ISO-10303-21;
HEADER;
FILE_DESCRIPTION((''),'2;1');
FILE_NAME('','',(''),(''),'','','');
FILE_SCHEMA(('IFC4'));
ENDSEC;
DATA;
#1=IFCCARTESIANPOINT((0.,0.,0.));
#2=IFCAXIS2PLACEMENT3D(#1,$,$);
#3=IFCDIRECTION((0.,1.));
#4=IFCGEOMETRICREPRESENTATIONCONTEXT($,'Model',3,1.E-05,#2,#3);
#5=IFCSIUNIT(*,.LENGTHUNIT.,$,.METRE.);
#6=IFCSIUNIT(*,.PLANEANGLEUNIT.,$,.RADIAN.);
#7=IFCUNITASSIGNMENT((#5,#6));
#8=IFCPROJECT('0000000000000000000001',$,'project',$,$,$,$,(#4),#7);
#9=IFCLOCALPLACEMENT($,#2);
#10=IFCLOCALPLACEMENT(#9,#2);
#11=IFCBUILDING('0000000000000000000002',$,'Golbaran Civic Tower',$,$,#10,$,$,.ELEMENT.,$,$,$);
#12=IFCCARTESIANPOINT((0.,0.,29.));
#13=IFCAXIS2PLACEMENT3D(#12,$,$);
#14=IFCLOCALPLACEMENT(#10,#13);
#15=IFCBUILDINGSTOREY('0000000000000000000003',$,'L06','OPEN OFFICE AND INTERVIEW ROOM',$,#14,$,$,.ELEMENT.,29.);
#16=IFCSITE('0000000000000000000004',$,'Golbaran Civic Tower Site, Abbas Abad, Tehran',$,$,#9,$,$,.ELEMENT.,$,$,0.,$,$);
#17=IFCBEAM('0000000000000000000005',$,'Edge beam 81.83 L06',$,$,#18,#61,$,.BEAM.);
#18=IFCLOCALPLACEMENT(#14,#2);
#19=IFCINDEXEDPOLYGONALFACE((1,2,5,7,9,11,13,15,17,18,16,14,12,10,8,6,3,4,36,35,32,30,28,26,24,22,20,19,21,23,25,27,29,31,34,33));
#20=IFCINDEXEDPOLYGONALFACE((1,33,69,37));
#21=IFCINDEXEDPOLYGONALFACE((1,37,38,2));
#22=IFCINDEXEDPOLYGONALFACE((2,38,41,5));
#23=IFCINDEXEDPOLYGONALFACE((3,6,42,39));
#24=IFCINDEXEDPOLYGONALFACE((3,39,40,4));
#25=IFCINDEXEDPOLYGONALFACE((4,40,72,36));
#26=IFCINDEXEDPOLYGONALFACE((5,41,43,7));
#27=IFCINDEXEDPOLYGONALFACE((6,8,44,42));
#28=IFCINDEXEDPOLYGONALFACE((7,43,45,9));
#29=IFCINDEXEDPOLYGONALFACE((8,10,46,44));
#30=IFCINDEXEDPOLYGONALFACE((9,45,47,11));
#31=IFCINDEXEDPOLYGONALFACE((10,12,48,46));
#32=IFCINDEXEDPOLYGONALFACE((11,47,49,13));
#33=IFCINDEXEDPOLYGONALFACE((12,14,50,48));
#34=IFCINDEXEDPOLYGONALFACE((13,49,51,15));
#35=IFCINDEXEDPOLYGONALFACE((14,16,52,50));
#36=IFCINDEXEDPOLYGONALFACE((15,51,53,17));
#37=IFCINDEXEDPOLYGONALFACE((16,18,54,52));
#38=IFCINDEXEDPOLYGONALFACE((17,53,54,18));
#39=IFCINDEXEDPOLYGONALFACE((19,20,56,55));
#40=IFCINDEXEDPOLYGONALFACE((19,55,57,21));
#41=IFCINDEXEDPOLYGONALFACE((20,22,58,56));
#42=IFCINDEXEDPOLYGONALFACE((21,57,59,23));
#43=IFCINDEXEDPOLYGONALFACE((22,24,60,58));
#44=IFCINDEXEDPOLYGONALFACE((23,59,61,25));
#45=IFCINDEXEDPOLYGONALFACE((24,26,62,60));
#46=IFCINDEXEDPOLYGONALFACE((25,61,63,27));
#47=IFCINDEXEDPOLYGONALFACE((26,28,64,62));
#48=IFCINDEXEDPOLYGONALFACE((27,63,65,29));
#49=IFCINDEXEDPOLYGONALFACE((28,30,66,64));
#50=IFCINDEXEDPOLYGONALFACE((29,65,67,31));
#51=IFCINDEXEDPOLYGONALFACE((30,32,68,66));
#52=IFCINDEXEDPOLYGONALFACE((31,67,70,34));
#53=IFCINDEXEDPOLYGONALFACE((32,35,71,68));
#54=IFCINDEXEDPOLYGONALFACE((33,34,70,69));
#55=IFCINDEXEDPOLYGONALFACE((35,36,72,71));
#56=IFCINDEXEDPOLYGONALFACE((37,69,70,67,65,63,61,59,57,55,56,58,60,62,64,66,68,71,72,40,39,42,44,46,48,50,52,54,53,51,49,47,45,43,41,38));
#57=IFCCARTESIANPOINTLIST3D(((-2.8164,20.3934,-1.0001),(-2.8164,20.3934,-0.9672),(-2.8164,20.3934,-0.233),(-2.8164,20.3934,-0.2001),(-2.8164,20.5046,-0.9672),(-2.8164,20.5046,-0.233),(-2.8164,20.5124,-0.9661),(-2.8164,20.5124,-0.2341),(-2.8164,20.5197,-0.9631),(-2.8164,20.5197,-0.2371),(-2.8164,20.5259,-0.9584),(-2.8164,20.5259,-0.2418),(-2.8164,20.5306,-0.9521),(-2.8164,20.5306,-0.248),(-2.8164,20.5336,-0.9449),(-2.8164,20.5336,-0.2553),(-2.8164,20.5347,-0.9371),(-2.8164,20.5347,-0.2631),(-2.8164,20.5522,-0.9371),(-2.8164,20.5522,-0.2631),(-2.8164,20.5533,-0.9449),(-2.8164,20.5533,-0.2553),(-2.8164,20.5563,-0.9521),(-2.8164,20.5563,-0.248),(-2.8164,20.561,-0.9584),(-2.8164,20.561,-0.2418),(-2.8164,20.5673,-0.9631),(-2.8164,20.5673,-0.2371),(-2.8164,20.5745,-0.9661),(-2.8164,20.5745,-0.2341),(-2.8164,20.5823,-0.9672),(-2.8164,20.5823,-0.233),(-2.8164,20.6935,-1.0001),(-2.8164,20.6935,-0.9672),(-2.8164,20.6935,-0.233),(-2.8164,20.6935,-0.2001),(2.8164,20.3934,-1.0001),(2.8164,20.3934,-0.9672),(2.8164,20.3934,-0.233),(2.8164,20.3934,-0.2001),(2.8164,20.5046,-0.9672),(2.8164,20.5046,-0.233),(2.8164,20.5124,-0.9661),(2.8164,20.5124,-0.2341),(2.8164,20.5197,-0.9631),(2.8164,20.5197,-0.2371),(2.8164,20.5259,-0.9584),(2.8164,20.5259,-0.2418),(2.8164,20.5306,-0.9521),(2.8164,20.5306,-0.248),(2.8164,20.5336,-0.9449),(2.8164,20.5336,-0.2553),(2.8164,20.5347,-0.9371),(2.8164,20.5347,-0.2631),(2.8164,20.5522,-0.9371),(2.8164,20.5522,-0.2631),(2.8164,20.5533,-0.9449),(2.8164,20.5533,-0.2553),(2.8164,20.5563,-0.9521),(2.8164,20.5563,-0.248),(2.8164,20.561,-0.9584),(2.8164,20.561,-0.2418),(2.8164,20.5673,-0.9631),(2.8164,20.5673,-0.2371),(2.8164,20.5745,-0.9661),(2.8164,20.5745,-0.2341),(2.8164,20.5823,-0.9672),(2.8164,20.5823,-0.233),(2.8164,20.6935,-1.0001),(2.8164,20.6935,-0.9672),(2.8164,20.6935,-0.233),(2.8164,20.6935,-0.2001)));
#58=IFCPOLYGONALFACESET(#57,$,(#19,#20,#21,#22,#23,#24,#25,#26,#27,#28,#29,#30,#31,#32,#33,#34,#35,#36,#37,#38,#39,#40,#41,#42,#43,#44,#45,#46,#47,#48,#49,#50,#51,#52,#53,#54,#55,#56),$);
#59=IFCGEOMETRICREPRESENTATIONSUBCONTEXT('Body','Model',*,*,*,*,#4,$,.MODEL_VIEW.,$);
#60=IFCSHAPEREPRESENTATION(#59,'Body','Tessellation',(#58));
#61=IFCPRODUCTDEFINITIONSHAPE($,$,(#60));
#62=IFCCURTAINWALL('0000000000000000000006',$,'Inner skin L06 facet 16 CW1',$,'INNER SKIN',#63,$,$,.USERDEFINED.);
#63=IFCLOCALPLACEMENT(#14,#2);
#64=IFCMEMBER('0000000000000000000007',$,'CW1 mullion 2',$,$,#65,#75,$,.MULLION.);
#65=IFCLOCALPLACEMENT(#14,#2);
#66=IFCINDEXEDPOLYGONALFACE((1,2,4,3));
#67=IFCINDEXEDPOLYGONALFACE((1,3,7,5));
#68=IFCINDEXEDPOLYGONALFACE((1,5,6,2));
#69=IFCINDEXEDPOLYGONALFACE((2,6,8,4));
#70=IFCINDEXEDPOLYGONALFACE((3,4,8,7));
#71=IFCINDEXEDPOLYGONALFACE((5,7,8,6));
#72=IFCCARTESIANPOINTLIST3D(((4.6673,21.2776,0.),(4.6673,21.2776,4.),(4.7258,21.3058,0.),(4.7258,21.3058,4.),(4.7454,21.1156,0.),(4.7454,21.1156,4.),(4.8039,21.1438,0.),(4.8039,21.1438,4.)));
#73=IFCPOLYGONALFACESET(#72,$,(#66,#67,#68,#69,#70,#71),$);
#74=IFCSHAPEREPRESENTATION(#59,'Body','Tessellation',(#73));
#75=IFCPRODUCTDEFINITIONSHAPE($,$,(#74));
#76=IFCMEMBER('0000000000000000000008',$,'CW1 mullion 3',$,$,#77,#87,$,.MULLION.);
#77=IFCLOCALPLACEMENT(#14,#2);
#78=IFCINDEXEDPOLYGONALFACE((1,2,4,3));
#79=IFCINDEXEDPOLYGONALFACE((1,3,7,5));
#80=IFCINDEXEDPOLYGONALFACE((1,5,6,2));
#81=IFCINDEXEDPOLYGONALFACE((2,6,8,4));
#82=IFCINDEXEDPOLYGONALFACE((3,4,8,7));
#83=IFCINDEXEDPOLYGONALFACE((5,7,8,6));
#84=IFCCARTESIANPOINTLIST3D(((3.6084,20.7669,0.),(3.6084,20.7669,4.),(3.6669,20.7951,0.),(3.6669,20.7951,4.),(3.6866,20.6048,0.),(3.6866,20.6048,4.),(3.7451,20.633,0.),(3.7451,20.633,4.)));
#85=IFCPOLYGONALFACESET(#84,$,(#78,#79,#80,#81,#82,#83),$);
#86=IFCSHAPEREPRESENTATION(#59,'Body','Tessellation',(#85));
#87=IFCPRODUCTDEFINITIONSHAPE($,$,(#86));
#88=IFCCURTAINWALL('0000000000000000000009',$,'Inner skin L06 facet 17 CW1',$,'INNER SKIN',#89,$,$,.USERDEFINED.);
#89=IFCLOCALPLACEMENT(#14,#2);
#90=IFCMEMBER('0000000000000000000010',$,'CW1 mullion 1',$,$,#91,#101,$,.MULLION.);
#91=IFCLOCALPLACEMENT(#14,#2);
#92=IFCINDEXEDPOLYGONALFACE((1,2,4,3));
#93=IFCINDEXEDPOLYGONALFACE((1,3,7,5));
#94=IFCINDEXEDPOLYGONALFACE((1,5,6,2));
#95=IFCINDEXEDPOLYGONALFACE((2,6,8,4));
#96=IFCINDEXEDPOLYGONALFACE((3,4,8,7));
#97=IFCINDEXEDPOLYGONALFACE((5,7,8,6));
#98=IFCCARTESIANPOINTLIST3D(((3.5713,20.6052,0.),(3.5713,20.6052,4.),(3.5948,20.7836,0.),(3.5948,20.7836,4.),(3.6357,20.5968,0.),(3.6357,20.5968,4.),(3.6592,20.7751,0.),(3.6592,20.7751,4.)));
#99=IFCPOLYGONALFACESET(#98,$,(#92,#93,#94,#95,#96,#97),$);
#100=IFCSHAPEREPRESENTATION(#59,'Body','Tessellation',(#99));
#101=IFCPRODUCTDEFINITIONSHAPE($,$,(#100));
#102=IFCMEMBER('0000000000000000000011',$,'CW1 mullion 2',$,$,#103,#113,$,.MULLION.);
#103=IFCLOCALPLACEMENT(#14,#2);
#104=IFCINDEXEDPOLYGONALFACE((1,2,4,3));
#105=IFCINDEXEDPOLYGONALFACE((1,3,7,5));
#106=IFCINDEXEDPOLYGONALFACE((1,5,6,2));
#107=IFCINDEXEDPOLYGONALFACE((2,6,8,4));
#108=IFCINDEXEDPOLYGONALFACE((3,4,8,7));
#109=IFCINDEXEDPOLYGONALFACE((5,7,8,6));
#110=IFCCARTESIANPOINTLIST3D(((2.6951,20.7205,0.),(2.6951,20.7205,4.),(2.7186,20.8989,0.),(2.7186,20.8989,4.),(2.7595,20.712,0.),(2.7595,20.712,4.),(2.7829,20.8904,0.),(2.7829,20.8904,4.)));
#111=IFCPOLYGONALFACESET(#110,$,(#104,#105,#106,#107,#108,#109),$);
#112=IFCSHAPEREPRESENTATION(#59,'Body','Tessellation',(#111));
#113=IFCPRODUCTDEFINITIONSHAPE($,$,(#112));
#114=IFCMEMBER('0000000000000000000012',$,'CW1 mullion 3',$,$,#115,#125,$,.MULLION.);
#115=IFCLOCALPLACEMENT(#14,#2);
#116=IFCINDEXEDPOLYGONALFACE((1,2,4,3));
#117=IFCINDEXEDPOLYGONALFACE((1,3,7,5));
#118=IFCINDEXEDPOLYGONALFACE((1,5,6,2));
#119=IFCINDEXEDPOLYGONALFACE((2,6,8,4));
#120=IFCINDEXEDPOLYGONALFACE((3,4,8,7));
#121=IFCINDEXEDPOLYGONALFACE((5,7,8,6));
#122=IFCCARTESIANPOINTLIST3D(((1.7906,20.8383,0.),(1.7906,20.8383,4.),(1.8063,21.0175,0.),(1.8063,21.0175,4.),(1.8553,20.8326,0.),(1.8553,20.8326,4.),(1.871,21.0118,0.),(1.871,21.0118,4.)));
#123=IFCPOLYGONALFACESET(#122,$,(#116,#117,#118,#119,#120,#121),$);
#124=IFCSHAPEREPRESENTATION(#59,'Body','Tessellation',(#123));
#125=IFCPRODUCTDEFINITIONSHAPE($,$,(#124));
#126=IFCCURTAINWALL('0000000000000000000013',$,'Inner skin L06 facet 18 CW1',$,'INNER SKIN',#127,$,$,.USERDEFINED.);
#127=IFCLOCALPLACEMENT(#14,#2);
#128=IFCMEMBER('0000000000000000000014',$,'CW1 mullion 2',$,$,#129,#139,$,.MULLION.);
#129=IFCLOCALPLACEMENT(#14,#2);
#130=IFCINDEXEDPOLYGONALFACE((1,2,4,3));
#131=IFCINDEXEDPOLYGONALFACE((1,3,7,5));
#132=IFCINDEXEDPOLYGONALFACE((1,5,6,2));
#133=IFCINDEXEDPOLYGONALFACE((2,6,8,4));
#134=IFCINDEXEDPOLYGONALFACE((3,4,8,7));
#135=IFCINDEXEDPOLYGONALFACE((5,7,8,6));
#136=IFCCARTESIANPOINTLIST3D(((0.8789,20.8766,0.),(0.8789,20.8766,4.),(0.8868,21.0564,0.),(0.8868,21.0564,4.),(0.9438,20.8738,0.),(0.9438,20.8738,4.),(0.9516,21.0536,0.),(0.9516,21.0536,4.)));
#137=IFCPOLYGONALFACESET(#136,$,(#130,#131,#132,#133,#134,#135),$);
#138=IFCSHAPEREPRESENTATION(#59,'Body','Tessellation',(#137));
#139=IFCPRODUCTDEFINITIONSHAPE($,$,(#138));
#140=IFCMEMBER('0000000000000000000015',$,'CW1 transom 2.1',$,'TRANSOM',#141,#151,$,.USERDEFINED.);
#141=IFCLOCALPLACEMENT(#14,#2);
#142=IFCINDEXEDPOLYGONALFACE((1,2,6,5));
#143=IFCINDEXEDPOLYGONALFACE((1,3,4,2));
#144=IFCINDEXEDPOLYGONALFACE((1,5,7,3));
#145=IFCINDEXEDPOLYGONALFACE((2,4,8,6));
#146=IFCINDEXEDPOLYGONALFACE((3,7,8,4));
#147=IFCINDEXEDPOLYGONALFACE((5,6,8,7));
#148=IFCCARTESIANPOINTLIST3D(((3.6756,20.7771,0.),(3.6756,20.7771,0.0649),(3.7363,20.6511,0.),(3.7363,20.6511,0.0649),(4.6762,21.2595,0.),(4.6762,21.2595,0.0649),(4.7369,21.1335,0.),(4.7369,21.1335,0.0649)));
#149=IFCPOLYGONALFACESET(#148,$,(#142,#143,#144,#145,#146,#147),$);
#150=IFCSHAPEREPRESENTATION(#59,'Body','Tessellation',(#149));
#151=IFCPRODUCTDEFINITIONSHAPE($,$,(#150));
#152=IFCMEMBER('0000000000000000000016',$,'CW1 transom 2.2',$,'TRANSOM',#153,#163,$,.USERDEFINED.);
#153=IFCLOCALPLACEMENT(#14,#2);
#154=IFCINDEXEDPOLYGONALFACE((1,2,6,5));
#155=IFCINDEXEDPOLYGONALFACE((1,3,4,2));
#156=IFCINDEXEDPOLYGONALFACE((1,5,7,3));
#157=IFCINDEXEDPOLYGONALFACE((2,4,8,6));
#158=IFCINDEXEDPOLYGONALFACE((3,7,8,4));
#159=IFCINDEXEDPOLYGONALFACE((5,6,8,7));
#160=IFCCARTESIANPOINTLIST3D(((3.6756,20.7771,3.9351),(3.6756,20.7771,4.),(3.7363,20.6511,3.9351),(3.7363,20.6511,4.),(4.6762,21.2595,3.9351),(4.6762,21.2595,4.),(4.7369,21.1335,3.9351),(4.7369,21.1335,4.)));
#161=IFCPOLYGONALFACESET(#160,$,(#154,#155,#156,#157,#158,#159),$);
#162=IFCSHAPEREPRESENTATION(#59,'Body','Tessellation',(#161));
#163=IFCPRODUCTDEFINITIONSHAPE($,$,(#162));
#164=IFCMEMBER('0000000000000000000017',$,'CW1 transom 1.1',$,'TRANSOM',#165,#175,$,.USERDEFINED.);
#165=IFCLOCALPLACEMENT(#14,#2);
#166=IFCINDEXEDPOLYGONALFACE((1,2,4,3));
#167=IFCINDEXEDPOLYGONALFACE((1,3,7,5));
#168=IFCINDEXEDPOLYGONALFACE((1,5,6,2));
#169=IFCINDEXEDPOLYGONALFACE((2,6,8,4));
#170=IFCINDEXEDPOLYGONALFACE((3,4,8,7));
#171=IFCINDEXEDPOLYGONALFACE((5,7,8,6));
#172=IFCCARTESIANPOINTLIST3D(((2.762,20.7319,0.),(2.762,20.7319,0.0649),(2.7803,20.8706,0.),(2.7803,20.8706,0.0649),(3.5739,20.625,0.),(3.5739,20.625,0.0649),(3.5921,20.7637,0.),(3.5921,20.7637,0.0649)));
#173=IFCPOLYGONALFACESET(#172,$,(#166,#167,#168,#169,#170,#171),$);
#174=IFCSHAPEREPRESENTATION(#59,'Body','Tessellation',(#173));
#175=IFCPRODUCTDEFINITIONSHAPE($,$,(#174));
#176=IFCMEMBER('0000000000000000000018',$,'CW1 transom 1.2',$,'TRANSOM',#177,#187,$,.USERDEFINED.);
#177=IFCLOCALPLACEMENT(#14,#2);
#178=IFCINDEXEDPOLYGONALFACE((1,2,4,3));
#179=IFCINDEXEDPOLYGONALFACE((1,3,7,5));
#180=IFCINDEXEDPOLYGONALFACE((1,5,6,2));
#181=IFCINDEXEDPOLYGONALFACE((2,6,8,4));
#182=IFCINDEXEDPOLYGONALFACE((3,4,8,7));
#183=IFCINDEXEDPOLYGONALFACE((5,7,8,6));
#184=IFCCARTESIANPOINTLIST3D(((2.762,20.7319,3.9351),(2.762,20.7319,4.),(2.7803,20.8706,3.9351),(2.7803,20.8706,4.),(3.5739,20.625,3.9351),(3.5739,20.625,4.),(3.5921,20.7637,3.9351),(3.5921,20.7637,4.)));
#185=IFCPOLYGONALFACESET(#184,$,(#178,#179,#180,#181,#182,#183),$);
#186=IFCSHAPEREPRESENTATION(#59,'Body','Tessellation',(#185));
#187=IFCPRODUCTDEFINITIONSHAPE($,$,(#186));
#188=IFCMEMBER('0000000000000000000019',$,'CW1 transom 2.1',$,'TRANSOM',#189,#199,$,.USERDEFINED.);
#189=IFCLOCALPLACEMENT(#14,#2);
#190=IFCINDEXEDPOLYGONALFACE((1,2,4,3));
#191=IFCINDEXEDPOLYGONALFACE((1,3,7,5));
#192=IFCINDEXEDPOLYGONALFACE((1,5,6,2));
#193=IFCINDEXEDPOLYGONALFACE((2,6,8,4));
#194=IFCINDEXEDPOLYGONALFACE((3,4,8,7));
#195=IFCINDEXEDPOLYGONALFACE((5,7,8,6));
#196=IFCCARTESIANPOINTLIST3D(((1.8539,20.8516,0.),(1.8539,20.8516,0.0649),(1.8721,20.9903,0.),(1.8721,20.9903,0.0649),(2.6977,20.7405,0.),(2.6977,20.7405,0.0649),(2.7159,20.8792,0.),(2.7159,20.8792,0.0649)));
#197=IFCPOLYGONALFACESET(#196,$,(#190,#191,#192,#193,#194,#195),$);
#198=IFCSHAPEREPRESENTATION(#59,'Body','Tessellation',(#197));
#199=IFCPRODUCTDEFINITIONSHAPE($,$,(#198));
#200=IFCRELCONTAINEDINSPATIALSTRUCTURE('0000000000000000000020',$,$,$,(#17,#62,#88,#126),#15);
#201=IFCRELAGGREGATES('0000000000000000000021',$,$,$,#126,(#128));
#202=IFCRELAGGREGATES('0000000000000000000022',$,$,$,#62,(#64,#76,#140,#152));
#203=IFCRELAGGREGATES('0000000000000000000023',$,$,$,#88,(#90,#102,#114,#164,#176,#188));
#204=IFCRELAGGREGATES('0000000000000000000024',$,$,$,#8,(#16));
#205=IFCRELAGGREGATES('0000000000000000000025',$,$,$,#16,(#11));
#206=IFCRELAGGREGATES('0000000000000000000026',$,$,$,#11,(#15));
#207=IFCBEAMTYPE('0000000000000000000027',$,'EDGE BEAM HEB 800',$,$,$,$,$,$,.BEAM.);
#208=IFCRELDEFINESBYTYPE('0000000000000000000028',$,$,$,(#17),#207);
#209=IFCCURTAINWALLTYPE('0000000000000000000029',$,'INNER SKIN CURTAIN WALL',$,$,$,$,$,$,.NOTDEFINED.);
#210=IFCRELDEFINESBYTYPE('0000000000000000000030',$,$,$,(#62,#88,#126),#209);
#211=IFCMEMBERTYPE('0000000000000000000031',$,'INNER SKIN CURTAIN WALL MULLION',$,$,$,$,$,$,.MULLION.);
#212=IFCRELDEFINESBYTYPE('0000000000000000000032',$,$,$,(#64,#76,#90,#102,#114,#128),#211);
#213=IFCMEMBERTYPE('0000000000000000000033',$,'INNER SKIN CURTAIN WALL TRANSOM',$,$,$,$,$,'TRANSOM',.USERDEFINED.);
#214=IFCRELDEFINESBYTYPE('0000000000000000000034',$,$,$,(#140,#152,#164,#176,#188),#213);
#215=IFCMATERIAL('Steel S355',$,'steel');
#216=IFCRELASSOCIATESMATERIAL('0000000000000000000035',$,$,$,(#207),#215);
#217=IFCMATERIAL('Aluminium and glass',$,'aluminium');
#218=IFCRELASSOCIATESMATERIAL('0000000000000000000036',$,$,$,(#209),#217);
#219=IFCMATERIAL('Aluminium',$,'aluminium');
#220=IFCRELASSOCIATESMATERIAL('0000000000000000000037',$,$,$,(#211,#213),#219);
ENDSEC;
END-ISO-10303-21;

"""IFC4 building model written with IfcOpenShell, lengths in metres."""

from ifc_helpers import new_model, si_unit, direction, frame, origin, origin_2d, place, context, subcontext, project, spatial, rectangle, i_section, extrude, material, material_profile, profile_set, type_object, element, aggregate, save


model = new_model("IFC4")

# Units and contexts
model_context = context("Model", 3, precision=1e-05, world=origin(), true_north=direction((0.0, 1.0)))
body_context = subcontext(model_context, "Body", "Model", "MODEL_VIEW")
ifc_project = project(units=[si_unit("LENGTHUNIT", "METRE"), si_unit("PLANEANGLEUNIT", "RADIAN")], contexts=[model_context])

# Site, building, storey
site_placement = place(None, origin())
site = spatial("IfcSite", under=ifc_project, at=site_placement, Name="Golbaran Civic Tower Site, Abbas Abad, Tehran", CompositionType="ELEMENT", RefElevation=0.0)
building_placement = place(site_placement, origin())
building = spatial("IfcBuilding", under=site, at=building_placement, Name="Golbaran Civic Tower", CompositionType="ELEMENT")
storey_placement = place(building_placement, frame((0.0, 0.0, 29.0)))
storey = spatial("IfcBuildingStorey", under=building, at=storey_placement, Name="L06", Description="OPEN OFFICE AND INTERVIEW ROOM", CompositionType="ELEMENT", Elevation=29.0)

# Beam
ifc_material_1 = material(Name="Steel S355", Category="steel")
ifc_material_profile_1 = material_profile(ifc_material_1, i_section(OverallWidth=0.3, OverallDepth=0.8, WebThickness=0.0176, FlangeThickness=0.033, FilletRadius=0.03, at=origin_2d()), Name="HEB 800")
ifc_profile_set_1 = profile_set([ifc_material_profile_1], Name="Steel S355")
beam_type = type_object("IfcBeamType", Name="EDGE BEAM HEB 800", PredefinedType="BEAM", material=ifc_profile_set_1)
beam_placement = place(storey_placement, frame((2.8164, 20.5435, -0.6001), z_axis=(-1.0, 0.0, 0.0), x_axis=(0.0, -1.0, 0.0)))
element("IfcBeam", 1, at=beam_placement, inside=storey, type_object=beam_type, Name="Edge beam 81.83 L06", PredefinedType="BEAM", context=body_context, shape_type="SweptSolid", body=[
    extrude(i_section(OverallWidth=0.3, OverallDepth=0.8, WebThickness=0.0176, FlangeThickness=0.033, FilletRadius=0.03, at=origin_2d()), origin(), (0.0, 0.0, 1.0), 5.6328),
])

# Curtain walls, members
ifc_material_2 = material(Name="Aluminium and glass", Category="aluminium")
curtain_wall_type = type_object("IfcCurtainWallType", Name="INNER SKIN CURTAIN WALL", PredefinedType="NOTDEFINED", material=ifc_material_2)
curtain_wall_1_placement = place(storey_placement, origin())
curtain_wall_1 = element("IfcCurtainWall", 2, at=curtain_wall_1_placement, inside=storey, type_object=curtain_wall_type, Name="Inner skin L06 facet 16 CW1", ObjectType="INNER SKIN", PredefinedType="USERDEFINED")
ifc_material_3 = material(Name="Aluminium", Category="aluminium")
ifc_material_profile_2 = material_profile(ifc_material_3, rectangle(XDim=0.1799, YDim=0.0649, at=origin_2d()), Name="INNER SKIN CURTAIN WALL MULLION")
ifc_profile_set_2 = profile_set([ifc_material_profile_2], Name="Aluminium")
member_type_1 = type_object("IfcMemberType", Name="INNER SKIN CURTAIN WALL MULLION", PredefinedType="MULLION", material=ifc_profile_set_2)
member_1_placement = place(storey_placement, frame((4.7356, 21.2107, 0.0), z_axis=(0.0, 0.0, 1.0), x_axis=(0.434302, -0.900767, 0.0)))
member_1 = element("IfcMember", 3, at=member_1_placement, type_object=member_type_1, Name="CW1 mullion 2", PredefinedType="MULLION", context=body_context, shape_type="SweptSolid", body=[
    extrude(rectangle(XDim=0.1799, YDim=0.0649, at=origin_2d()), origin(), (0.0, 0.0, 1.0), 4.0),
])
member_2_placement = place(storey_placement, frame((3.6768, 20.7, 0.0), z_axis=(0.0, 0.0, 1.0), x_axis=(0.434302, -0.900767, 0.0)))
member_2 = element("IfcMember", 4, at=member_2_placement, type_object=member_type_1, Name="CW1 mullion 3", PredefinedType="MULLION", context=body_context, shape_type="SweptSolid", body=[
    extrude(rectangle(XDim=0.1799, YDim=0.0649, at=origin_2d()), origin(), (0.0, 0.0, 1.0), 4.0),
])
curtain_wall_2_placement = place(storey_placement, origin())
curtain_wall_2 = element("IfcCurtainWall", 5, at=curtain_wall_2_placement, inside=storey, type_object=curtain_wall_type, Name="Inner skin L06 facet 17 CW1", ObjectType="INNER SKIN", PredefinedType="USERDEFINED")
member_3_placement = place(storey_placement, frame((3.6152, 20.6902, 0.0), z_axis=(0.0, 0.0, 1.0), x_axis=(-0.130526, -0.991445, 0.0)))
member_3 = element("IfcMember", 6, at=member_3_placement, type_object=member_type_1, Name="CW1 mullion 1", PredefinedType="MULLION", context=body_context, shape_type="SweptSolid", body=[
    extrude(rectangle(XDim=0.1799, YDim=0.0649, at=origin_2d()), origin(), (0.0, 0.0, 1.0), 4.0),
])
member_4_placement = place(storey_placement, frame((2.739, 20.8054, 0.0), z_axis=(0.0, 0.0, 1.0), x_axis=(-0.130526, -0.991445, 0.0)))
member_4 = element("IfcMember", 7, at=member_4_placement, type_object=member_type_1, Name="CW1 mullion 2", PredefinedType="MULLION", context=body_context, shape_type="SweptSolid", body=[
    extrude(rectangle(XDim=0.1799, YDim=0.0649, at=origin_2d()), origin(), (0.0, 0.0, 1.0), 4.0),
])
member_5_placement = place(storey_placement, frame((1.8308, 20.925, 0.0), z_axis=(0.0, 0.0, 1.0), x_axis=(-0.087156, -0.996195, 0.0)))
member_5 = element("IfcMember", 8, at=member_5_placement, type_object=member_type_1, Name="CW1 mullion 3", PredefinedType="MULLION", context=body_context, shape_type="SweptSolid", body=[
    extrude(rectangle(XDim=0.1799, YDim=0.0649, at=origin_2d()), origin(), (0.0, 0.0, 1.0), 4.0),
])

# Curtain wall, member
curtain_wall_3_placement = place(storey_placement, origin())
curtain_wall_3 = element("IfcCurtainWall", 9, at=curtain_wall_3_placement, inside=storey, type_object=curtain_wall_type, Name="Inner skin L06 facet 18 CW1", ObjectType="INNER SKIN", PredefinedType="USERDEFINED")
member_6_placement = place(storey_placement, frame((0.9153, 20.9651, 0.0), z_axis=(0.0, 0.0, 1.0), x_axis=(-0.043619, -0.999048, 0.0)))
member_6 = element("IfcMember", 10, at=member_6_placement, type_object=member_type_1, Name="CW1 mullion 2", PredefinedType="MULLION", context=body_context, shape_type="SweptSolid", body=[
    extrude(rectangle(XDim=0.1799, YDim=0.0649, at=origin_2d()), origin(), (0.0, 0.0, 1.0), 4.0),
])

# Members
ifc_material_profile_3 = material_profile(ifc_material_3, rectangle(XDim=0.1399, YDim=0.0649, at=origin_2d()), Name="INNER SKIN CURTAIN WALL TRANSOM")
ifc_profile_set_3 = profile_set([ifc_material_profile_3], Name="Aluminium")
member_type_2 = type_object("IfcMemberType", Name="INNER SKIN CURTAIN WALL TRANSOM", ElementType="TRANSOM", PredefinedType="USERDEFINED", material=ifc_profile_set_3)
member_7_placement = place(storey_placement, frame((4.7065, 21.1965, 0.0325), z_axis=(-0.900753, -0.434331, 0.0), x_axis=(0.434331, -0.900753, 0.0)))
member_7 = element("IfcMember", 11, at=member_7_placement, type_object=member_type_2, Name="CW1 transom 2.1", ObjectType="TRANSOM", PredefinedType="USERDEFINED", context=body_context, shape_type="SweptSolid", body=[
    extrude(rectangle(XDim=0.1399, YDim=0.0649, at=origin_2d()), origin(), (0.0, 0.0, 1.0), 1.1108),
])
member_8_placement = place(storey_placement, frame((4.7065, 21.1965, 3.9675), z_axis=(-0.900753, -0.434331, 0.0), x_axis=(0.434331, -0.900753, 0.0)))
member_8 = element("IfcMember", 12, at=member_8_placement, type_object=member_type_2, Name="CW1 transom 2.2", ObjectType="TRANSOM", PredefinedType="USERDEFINED", context=body_context, shape_type="SweptSolid", body=[
    extrude(rectangle(XDim=0.1399, YDim=0.0649, at=origin_2d()), origin(), (0.0, 0.0, 1.0), 1.1108),
])
member_9_placement = place(storey_placement, frame((3.583, 20.6943, 0.0325), z_axis=(-0.991435, 0.130601, 0.0), x_axis=(-0.130601, -0.991435, 0.0)))
member_9 = element("IfcMember", 13, at=member_9_placement, type_object=member_type_2, Name="CW1 transom 1.1", ObjectType="TRANSOM", PredefinedType="USERDEFINED", context=body_context, shape_type="SweptSolid", body=[
    extrude(rectangle(XDim=0.1399, YDim=0.0649, at=origin_2d()), origin(), (0.0, 0.0, 1.0), 0.8188),
])
member_10_placement = place(storey_placement, frame((3.583, 20.6943, 3.9675), z_axis=(-0.991435, 0.130601, 0.0), x_axis=(-0.130601, -0.991435, 0.0)))
member_10 = element("IfcMember", 14, at=member_10_placement, type_object=member_type_2, Name="CW1 transom 1.2", ObjectType="TRANSOM", PredefinedType="USERDEFINED", context=body_context, shape_type="SweptSolid", body=[
    extrude(rectangle(XDim=0.1399, YDim=0.0649, at=origin_2d()), origin(), (0.0, 0.0, 1.0), 0.8188),
])
member_11_placement = place(storey_placement, frame((2.7068, 20.8098, 0.0325), z_axis=(-0.991445, 0.130529, 0.0), x_axis=(-0.130529, -0.991445, 0.0)))
member_11 = element("IfcMember", 15, at=member_11_placement, type_object=member_type_2, Name="CW1 transom 2.1", ObjectType="TRANSOM", PredefinedType="USERDEFINED", context=body_context, shape_type="SweptSolid", body=[
    extrude(rectangle(XDim=0.1399, YDim=0.0649, at=origin_2d()), origin(), (0.0, 0.0, 1.0), 0.8511),
])

aggregate(curtain_wall_3, [member_6])
aggregate(curtain_wall_1, [member_1, member_2, member_7, member_8])
aggregate(curtain_wall_2, [member_3, member_4, member_5, member_9, member_10, member_11])

save(model, "model.ifc")
